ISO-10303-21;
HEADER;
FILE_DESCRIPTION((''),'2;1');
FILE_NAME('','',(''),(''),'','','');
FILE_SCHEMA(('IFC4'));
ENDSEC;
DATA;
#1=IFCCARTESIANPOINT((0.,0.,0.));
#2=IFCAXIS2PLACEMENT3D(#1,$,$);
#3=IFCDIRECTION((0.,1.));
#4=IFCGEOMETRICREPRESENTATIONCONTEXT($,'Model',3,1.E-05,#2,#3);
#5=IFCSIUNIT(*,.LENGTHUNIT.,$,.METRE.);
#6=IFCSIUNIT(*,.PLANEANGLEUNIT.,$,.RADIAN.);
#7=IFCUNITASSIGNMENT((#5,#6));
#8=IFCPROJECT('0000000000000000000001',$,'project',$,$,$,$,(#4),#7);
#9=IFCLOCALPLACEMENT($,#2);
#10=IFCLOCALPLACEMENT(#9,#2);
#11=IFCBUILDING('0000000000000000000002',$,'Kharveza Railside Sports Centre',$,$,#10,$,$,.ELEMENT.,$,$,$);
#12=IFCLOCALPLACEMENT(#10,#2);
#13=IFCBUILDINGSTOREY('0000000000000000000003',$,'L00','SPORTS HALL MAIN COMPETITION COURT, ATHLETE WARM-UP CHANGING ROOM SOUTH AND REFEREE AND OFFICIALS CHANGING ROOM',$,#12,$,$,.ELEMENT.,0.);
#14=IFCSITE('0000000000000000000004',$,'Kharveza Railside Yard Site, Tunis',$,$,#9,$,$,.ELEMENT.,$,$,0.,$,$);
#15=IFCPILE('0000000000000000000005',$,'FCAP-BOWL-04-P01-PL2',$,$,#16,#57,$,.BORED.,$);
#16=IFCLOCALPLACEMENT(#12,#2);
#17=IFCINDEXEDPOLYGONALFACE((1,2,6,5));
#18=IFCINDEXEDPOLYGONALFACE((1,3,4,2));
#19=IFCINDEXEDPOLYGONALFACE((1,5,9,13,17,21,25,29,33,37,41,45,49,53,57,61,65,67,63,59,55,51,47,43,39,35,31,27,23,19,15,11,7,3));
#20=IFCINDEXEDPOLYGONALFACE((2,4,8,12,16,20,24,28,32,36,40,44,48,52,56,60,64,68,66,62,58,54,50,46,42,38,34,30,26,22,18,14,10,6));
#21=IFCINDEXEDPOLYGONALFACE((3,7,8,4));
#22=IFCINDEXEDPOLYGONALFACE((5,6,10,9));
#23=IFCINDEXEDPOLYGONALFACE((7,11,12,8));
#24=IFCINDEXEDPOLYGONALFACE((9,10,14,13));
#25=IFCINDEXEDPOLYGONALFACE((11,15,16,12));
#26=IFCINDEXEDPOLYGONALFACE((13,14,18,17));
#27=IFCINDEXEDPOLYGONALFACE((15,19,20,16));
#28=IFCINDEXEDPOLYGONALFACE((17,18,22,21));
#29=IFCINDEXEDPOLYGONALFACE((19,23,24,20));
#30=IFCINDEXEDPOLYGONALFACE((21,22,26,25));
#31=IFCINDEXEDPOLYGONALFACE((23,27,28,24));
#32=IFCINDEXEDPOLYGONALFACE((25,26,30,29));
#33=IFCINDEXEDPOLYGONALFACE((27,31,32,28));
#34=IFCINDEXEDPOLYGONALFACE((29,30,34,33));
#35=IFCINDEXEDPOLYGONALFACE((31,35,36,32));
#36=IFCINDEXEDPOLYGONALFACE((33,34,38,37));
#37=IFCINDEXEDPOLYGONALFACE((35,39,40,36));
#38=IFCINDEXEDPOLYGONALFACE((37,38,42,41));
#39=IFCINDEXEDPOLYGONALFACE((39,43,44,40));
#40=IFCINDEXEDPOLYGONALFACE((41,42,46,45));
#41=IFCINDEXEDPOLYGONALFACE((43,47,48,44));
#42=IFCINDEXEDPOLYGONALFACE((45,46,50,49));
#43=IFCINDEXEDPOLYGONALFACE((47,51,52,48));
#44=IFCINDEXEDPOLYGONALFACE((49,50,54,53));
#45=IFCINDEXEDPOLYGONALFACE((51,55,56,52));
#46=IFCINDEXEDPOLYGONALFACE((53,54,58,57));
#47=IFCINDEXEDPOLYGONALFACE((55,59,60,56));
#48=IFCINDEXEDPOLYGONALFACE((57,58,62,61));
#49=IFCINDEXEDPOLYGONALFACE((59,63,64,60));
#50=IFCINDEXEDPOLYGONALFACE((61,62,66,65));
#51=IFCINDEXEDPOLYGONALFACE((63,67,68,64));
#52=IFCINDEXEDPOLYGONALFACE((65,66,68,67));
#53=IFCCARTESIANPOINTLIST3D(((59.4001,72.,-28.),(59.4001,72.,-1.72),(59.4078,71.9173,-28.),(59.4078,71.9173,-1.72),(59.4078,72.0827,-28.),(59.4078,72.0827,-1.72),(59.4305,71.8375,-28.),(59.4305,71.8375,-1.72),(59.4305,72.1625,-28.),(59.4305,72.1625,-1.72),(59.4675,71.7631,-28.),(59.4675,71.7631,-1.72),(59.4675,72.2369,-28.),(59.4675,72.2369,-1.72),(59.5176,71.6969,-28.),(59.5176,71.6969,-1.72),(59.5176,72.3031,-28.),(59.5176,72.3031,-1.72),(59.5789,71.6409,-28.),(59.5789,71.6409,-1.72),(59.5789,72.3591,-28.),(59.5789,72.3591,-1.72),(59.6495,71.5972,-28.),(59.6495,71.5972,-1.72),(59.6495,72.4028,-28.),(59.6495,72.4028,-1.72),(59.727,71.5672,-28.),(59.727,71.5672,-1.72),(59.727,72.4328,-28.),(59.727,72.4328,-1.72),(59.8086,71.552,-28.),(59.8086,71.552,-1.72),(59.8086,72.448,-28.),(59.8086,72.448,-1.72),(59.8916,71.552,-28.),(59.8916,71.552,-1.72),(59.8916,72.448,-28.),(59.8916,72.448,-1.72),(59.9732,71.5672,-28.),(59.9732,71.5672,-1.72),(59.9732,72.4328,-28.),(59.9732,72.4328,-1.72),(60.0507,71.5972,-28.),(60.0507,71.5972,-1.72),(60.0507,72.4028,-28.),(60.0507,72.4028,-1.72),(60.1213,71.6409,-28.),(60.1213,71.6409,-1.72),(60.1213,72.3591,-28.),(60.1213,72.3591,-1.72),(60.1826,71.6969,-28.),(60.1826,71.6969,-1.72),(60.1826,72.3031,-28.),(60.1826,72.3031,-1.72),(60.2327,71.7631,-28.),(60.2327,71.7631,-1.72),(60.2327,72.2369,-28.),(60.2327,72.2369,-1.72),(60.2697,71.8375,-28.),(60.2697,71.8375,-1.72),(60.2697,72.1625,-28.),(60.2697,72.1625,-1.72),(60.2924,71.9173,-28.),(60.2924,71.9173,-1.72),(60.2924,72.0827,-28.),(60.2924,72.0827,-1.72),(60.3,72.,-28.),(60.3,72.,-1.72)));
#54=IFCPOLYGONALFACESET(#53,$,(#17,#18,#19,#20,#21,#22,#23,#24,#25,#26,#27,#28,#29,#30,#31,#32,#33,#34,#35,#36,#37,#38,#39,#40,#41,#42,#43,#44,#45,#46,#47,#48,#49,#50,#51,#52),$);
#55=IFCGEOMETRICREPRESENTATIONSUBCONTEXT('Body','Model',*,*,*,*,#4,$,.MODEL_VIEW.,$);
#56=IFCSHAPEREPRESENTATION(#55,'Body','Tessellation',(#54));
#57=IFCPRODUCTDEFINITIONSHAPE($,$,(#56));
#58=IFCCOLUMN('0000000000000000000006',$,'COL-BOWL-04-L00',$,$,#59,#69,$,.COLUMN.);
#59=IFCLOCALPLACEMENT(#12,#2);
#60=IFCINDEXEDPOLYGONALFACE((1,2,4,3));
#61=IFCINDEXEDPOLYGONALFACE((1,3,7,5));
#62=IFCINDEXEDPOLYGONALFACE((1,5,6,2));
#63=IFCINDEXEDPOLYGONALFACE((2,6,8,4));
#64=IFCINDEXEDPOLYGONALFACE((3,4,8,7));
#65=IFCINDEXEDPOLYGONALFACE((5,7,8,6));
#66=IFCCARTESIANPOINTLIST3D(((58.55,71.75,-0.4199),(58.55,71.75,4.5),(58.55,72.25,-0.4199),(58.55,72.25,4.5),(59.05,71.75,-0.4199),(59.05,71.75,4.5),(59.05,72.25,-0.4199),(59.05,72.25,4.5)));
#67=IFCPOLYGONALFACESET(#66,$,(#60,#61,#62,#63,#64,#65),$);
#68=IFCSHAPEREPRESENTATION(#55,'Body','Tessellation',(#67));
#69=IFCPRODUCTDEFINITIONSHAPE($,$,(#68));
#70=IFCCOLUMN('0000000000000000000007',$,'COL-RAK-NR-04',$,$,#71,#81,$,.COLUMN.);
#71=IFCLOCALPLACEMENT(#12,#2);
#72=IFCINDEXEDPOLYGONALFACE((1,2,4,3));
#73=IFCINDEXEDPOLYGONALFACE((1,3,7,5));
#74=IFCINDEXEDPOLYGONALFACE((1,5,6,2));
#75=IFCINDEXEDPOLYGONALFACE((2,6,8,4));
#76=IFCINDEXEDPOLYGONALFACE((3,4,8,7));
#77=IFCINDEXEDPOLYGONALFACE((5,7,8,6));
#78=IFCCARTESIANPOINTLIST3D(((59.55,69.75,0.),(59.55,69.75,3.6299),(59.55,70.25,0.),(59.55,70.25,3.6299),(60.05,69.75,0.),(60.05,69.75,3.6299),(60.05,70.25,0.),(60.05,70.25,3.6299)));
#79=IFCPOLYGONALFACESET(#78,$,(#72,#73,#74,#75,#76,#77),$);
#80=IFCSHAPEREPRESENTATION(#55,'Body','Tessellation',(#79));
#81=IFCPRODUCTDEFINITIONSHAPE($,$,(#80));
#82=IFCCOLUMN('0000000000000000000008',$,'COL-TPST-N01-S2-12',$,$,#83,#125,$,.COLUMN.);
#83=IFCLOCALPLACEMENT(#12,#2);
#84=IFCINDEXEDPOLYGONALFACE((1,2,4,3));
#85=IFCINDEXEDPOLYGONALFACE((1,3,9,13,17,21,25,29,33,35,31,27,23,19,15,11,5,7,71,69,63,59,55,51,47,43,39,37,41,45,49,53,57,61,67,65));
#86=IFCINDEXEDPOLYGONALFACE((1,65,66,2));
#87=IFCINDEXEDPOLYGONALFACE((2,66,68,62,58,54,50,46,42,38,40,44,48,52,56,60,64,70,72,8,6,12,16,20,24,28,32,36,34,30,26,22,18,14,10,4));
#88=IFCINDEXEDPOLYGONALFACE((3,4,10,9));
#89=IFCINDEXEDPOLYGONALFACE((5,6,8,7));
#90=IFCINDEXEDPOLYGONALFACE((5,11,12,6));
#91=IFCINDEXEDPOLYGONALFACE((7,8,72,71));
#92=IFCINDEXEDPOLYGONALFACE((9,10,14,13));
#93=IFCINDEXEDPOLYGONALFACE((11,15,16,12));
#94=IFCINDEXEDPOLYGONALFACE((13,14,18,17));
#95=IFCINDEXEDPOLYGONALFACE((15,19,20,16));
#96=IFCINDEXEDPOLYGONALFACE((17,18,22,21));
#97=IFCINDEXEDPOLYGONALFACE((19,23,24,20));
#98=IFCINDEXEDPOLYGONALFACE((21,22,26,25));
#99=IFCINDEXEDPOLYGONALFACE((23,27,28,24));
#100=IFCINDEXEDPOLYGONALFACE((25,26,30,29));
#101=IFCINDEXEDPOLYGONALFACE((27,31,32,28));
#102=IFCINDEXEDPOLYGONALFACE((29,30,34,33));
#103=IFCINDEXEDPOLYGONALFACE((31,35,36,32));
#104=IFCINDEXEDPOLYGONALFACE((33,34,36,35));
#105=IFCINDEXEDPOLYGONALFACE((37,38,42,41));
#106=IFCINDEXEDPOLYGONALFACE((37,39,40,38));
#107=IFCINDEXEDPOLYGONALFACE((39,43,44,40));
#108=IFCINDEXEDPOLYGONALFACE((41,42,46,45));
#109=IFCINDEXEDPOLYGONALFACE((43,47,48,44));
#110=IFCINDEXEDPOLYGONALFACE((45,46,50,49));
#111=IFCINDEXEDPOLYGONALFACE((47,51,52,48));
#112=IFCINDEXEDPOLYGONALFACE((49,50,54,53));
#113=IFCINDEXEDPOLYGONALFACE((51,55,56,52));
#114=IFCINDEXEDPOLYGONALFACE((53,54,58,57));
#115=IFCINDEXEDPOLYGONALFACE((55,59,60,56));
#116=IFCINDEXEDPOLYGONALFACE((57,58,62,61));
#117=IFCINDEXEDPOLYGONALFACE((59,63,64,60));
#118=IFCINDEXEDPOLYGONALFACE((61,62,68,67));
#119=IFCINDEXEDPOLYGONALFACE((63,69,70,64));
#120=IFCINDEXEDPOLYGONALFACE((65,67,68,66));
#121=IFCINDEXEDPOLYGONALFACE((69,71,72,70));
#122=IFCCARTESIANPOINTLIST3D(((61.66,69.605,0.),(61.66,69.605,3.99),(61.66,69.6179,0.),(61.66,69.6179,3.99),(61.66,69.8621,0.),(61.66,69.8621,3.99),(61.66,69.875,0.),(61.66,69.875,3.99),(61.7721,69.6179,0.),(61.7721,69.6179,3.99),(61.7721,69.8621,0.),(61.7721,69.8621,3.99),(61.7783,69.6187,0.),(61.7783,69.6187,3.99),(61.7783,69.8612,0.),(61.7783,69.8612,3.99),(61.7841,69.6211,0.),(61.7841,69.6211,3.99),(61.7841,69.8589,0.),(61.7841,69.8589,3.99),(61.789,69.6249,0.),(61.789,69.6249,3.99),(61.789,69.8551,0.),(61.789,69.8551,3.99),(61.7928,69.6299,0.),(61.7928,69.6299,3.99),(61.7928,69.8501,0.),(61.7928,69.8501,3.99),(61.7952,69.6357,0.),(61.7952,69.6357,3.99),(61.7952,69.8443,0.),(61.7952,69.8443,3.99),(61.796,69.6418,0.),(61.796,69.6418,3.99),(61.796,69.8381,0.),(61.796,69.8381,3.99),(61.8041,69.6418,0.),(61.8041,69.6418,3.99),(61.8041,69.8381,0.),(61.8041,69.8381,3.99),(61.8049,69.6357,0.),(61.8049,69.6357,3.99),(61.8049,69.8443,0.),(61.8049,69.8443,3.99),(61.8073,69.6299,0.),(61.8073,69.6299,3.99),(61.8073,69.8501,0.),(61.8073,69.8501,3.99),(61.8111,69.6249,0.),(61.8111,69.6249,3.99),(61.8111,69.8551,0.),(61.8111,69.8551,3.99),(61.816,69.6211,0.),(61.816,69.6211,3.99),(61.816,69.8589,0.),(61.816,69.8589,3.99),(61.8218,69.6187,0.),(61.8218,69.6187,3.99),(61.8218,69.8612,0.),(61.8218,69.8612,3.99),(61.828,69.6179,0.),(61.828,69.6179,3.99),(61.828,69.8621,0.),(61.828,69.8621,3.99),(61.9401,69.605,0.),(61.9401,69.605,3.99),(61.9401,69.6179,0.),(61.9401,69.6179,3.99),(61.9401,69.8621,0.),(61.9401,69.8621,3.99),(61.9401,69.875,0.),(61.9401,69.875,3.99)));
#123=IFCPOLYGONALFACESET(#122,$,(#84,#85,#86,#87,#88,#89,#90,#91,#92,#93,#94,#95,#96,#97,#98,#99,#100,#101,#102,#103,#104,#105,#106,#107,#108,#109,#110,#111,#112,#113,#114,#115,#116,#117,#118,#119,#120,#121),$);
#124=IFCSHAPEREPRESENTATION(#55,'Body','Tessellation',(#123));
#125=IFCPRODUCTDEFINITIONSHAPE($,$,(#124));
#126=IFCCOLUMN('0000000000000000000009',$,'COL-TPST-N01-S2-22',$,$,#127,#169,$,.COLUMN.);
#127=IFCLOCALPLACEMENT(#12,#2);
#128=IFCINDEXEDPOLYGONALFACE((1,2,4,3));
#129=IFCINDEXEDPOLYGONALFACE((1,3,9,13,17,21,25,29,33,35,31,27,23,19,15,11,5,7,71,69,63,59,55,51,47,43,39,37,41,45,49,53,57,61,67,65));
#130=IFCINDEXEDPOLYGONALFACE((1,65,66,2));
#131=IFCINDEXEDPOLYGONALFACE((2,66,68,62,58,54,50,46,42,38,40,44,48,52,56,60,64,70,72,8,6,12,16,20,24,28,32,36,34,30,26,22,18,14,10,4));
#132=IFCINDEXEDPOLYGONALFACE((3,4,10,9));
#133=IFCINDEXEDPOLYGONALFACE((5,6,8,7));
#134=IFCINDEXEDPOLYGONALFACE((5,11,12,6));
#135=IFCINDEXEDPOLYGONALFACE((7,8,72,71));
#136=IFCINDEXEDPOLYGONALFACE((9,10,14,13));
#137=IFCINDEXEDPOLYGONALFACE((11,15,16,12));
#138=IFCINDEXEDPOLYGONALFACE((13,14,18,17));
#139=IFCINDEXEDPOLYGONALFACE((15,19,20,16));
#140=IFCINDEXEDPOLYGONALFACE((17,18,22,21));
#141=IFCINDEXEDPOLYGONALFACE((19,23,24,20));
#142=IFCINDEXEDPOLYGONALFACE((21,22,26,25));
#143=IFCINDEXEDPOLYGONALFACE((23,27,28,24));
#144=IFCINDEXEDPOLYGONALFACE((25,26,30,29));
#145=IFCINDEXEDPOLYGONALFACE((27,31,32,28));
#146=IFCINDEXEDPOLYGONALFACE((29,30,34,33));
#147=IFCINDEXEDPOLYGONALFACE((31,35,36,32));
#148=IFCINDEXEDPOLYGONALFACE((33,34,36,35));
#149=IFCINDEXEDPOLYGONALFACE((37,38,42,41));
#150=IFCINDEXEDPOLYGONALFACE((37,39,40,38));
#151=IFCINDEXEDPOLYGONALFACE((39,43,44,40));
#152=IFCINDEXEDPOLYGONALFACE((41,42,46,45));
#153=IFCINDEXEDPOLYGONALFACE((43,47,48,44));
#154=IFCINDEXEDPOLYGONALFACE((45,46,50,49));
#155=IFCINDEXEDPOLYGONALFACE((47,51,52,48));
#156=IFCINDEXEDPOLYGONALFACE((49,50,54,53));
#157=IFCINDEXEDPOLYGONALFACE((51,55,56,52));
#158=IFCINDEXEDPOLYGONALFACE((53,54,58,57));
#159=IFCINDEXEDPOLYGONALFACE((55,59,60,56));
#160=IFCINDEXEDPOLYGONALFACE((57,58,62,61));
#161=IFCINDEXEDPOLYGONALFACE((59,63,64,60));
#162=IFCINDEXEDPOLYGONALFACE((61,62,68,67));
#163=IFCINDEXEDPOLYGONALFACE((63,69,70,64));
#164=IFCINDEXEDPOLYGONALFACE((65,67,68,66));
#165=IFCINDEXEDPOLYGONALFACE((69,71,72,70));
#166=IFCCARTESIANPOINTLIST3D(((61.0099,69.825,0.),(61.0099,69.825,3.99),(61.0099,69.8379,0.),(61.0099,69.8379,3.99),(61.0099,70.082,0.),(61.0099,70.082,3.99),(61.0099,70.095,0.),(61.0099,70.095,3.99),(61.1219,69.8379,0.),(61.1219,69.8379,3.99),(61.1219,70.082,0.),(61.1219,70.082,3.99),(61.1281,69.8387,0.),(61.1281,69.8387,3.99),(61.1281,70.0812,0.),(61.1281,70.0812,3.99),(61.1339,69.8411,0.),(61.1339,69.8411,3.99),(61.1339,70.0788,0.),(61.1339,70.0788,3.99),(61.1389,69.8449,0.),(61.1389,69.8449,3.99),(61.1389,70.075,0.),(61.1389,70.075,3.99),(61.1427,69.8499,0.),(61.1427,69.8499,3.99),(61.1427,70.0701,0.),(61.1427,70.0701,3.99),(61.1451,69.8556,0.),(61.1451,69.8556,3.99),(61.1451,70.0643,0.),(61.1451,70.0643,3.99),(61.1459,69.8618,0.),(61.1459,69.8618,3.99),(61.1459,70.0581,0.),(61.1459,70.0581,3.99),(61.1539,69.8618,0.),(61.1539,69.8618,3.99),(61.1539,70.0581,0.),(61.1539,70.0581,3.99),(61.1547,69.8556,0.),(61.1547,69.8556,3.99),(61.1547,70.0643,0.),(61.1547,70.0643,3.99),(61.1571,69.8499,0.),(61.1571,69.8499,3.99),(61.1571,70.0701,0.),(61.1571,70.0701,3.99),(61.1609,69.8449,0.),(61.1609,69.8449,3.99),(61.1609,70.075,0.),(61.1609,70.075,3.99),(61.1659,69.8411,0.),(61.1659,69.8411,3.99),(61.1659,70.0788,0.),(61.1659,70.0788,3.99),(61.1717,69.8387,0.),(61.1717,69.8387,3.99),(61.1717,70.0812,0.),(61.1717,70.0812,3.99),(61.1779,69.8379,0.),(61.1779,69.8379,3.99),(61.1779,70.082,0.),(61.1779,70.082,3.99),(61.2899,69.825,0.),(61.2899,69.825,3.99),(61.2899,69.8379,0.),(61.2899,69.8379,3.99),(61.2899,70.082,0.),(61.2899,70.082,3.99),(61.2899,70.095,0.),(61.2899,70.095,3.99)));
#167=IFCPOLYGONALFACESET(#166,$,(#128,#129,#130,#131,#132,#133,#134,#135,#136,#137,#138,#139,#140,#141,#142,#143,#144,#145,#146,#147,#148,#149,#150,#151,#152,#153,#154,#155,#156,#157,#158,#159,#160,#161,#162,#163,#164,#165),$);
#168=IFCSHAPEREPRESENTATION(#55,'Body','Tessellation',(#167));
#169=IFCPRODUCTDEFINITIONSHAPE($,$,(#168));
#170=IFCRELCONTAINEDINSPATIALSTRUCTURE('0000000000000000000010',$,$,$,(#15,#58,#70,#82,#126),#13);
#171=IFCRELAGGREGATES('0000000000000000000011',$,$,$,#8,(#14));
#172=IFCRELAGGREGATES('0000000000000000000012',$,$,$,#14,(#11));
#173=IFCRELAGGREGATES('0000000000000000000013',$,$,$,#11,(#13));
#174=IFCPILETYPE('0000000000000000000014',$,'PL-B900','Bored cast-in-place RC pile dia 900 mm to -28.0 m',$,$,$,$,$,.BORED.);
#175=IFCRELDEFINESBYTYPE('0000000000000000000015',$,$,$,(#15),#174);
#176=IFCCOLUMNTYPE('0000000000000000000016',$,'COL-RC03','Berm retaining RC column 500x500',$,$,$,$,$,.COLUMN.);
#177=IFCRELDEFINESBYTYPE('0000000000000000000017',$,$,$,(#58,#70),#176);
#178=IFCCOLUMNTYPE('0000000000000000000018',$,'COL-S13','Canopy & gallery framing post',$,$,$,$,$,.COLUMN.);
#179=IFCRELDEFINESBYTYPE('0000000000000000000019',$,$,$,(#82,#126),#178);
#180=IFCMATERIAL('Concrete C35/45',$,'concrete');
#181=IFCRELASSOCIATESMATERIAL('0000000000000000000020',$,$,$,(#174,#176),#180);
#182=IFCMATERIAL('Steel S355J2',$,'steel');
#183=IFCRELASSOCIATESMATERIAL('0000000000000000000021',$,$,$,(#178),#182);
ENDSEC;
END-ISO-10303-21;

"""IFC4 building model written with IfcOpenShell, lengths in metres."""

from ifc_helpers import new_model, si_unit, direction, frame, origin, origin_2d, place, context, subcontext, project, spatial, rectangle, circle, i_section, extrude, material, material_profile, profile_set, type_object, element, save


model = new_model("IFC4")

# Units and contexts
model_context = context("Model", 3, precision=1e-05, world=origin(), true_north=direction((0.0, 1.0)))
body_context = subcontext(model_context, "Body", "Model", "MODEL_VIEW")
ifc_project = project(units=[si_unit("LENGTHUNIT", "METRE"), si_unit("PLANEANGLEUNIT", "RADIAN")], contexts=[model_context])

# Site, building, storey
site_placement = place(None, origin())
site = spatial("IfcSite", under=ifc_project, at=site_placement, Name="Kharveza Railside Yard Site, Tunis", CompositionType="ELEMENT", RefElevation=0.0)
building_placement = place(site_placement, origin())
building = spatial("IfcBuilding", under=site, at=building_placement, Name="Kharveza Railside Sports Centre", CompositionType="ELEMENT")
storey_placement = place(building_placement, origin())
storey = spatial("IfcBuildingStorey", under=building, at=storey_placement, Name="L00", Description="SPORTS HALL MAIN COMPETITION COURT, ATHLETE WARM-UP CHANGING ROOM SOUTH AND REFEREE AND OFFICIALS CHANGING ROOM", CompositionType="ELEMENT", Elevation=0.0)

# Shared definitions
ifc_material_1 = material(Name="Concrete C35/45", Category="concrete")

# Pile
ifc_material_profile_1 = material_profile(ifc_material_1, circle(Radius=0.45, at=origin_2d()), Name="PILE D900")
ifc_profile_set_1 = profile_set([ifc_material_profile_1], Name="Concrete C35/45")
pile_type_1 = type_object("IfcPileType", Name="PL-B900", Description="Bored cast-in-place RC pile dia 900 mm to -28.0 m", PredefinedType="BORED", material=ifc_profile_set_1)
for number, where, z_axis, x_axis, name in (
    (1, (59.8501, 72.0, -1.72), (0.0, 0.0, -1.0), (1.0, 0.0, 0.0), "FCAP-BOWL-04-P01-PL2"),
):
    element("IfcPile", number, at=place(storey_placement, frame(where, z_axis=z_axis, x_axis=x_axis)), inside=storey, type_object=pile_type_1, Name=name, PredefinedType="BORED", context=body_context, shape_type="SweptSolid", body=[
        extrude(circle(Radius=0.45, at=origin_2d()), origin(), (0.0, 0.0, 1.0), 26.28),
    ])

# Columns
ifc_material_profile_2 = material_profile(ifc_material_1, rectangle(XDim=0.5, YDim=0.5, at=origin_2d()), Name="RC 500x500")
ifc_profile_set_2 = profile_set([ifc_material_profile_2], Name="Concrete C35/45")
column_type_1 = type_object("IfcColumnType", Name="COL-RC03", Description="Berm retaining RC column 500x500", PredefinedType="COLUMN", material=ifc_profile_set_2)
column_1_placement = place(storey_placement, frame((58.8, 72.0, -0.4199), z_axis=(0.0, 0.0, 1.0), x_axis=(1.0, 0.0, 0.0)))
element("IfcColumn", 2, at=column_1_placement, inside=storey, type_object=column_type_1, Name="COL-BOWL-04-L00", PredefinedType="COLUMN", context=body_context, shape_type="SweptSolid", body=[
    extrude(rectangle(XDim=0.5, YDim=0.5, at=origin_2d()), origin(), (0.0, 0.0, 1.0), 4.9199),
])
column_2_placement = place(storey_placement, frame((59.8, 70.0, 0.0), z_axis=(0.0, 0.0, 1.0), x_axis=(1.0, 0.0, 0.0)))
element("IfcColumn", 3, at=column_2_placement, inside=storey, type_object=column_type_1, Name="COL-RAK-NR-04", PredefinedType="COLUMN", context=body_context, shape_type="SweptSolid", body=[
    extrude(rectangle(XDim=0.5, YDim=0.5, at=origin_2d()), origin(), (0.0, 0.0, 1.0), 3.6299),
])
ifc_material_2 = material(Name="Steel S355J2", Category="steel")
ifc_material_profile_3 = material_profile(ifc_material_2, i_section(OverallWidth=0.28, OverallDepth=0.27, WebThickness=0.0081, FlangeThickness=0.0129, FilletRadius=0.0239, at=origin_2d()), Name="HEA 280")
ifc_profile_set_3 = profile_set([ifc_material_profile_3], Name="Steel S355J2")
column_type_2 = type_object("IfcColumnType", Name="COL-S13", Description="Canopy & gallery framing post", PredefinedType="COLUMN", material=ifc_profile_set_3)
for number, where, z_axis, x_axis, name in (
    (4, (61.8, 69.74, 0.0), (0.0, 0.0, 1.0), (1.0, 0.0, 0.0), "COL-TPST-N01-S2-12"),
    (5, (61.1499, 69.96, 0.0), (0.0, 0.0, 1.0), (1.0, 0.0, 0.0), "COL-TPST-N01-S2-22"),
):
    element("IfcColumn", number, at=place(storey_placement, frame(where, z_axis=z_axis, x_axis=x_axis)), inside=storey, type_object=column_type_2, Name=name, PredefinedType="COLUMN", context=body_context, shape_type="SweptSolid", body=[
        extrude(i_section(OverallWidth=0.28, OverallDepth=0.27, WebThickness=0.0081, FlangeThickness=0.0129, FilletRadius=0.0239, at=origin_2d()), origin(), (0.0, 0.0, 1.0), 3.99),
    ])

save(model, "model.ifc")
